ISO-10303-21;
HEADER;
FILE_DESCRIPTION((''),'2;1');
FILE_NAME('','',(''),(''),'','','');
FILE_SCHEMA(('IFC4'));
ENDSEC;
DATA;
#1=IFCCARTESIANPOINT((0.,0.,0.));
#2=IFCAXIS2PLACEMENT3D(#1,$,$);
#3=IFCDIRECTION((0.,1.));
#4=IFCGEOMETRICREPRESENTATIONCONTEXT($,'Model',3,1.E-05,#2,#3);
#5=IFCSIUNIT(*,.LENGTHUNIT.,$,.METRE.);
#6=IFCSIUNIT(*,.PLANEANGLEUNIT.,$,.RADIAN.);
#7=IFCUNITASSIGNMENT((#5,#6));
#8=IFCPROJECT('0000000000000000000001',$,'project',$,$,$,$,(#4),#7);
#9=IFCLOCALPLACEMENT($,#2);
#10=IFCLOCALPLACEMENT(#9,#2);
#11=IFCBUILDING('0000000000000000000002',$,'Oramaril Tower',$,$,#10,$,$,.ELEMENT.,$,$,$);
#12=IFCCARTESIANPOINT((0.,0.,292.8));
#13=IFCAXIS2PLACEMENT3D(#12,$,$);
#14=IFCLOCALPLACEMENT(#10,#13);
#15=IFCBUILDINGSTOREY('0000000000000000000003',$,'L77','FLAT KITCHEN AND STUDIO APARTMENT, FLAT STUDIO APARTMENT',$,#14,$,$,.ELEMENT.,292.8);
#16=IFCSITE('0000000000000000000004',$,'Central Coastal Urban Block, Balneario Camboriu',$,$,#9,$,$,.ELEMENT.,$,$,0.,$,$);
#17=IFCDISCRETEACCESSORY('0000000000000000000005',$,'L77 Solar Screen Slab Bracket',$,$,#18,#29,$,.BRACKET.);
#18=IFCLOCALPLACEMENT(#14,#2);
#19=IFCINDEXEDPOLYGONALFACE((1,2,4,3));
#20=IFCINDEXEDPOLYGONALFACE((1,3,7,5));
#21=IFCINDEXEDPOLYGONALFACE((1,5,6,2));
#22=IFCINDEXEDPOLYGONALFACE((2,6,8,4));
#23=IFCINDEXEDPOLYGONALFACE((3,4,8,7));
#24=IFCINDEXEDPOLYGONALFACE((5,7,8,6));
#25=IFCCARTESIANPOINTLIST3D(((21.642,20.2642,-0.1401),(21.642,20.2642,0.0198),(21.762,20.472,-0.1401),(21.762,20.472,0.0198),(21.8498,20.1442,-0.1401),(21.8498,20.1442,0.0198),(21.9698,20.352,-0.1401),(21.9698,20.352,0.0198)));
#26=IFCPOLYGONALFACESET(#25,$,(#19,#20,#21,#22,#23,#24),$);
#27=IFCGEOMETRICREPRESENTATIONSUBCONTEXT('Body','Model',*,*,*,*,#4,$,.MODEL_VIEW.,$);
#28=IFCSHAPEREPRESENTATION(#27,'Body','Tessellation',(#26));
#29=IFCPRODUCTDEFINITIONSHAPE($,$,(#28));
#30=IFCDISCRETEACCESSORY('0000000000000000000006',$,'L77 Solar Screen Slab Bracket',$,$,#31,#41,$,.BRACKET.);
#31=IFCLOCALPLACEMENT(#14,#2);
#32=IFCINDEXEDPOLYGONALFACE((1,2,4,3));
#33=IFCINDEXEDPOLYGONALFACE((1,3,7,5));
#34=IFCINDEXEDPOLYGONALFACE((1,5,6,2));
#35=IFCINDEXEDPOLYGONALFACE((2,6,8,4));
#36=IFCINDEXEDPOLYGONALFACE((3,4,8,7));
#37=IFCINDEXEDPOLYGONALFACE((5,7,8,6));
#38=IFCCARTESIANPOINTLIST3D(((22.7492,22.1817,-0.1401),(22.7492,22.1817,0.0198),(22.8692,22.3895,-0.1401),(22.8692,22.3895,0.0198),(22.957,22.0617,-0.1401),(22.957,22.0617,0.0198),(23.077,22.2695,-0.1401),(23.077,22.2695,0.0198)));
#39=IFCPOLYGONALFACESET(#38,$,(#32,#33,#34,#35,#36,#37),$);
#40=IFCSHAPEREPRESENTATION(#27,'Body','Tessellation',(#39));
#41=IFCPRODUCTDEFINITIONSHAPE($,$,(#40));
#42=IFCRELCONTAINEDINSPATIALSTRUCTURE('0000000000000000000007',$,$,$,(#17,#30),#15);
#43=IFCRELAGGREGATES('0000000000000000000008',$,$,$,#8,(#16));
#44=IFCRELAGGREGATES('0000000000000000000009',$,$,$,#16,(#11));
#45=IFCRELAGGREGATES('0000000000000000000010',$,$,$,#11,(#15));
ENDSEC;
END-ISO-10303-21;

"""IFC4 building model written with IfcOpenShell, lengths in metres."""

from ifc_helpers import new_model, si_unit, direction, frame, origin, origin_2d, place, context, subcontext, project, spatial, rectangle, extrude, element, save


model = new_model("IFC4")

# Units and contexts
model_context = context("Model", 3, precision=1e-05, world=origin(), true_north=direction((0.0, 1.0)))
body_context = subcontext(model_context, "Body", "Model", "MODEL_VIEW")
ifc_project = project(units=[si_unit("LENGTHUNIT", "METRE"), si_unit("PLANEANGLEUNIT", "RADIAN")], contexts=[model_context])

# Site, building, storey
site_placement = place(None, origin())
site = spatial("IfcSite", under=ifc_project, at=site_placement, Name="Central Coastal Urban Block, Balneario Camboriu", CompositionType="ELEMENT", RefElevation=0.0)
building_placement = place(site_placement, origin())
building = spatial("IfcBuilding", under=site, at=building_placement, Name="Oramaril Tower", CompositionType="ELEMENT")
storey_placement = place(building_placement, frame((0.0, 0.0, 292.8)))
storey = spatial("IfcBuildingStorey", under=building, at=storey_placement, Name="L77", Description="FLAT KITCHEN AND STUDIO APARTMENT, FLAT STUDIO APARTMENT", CompositionType="ELEMENT", Elevation=292.8)

# Discrete accessories
for number, where, z_axis, x_axis, name in (
    (1, (21.8059, 20.3081, -0.1401), (0.0, 0.0, 1.0), (-0.5, -0.866025, 0.0), "L77 Solar Screen Slab Bracket"),
    (2, (22.9131, 22.2256, -0.1401), (0.0, 0.0, 1.0), (-0.5, -0.866025, 0.0), "L77 Solar Screen Slab Bracket"),
):
    element("IfcDiscreteAccessory", number, at=place(storey_placement, frame(where, z_axis=z_axis, x_axis=x_axis)), inside=storey, Name=name, PredefinedType="BRACKET", context=body_context, shape_type="SweptSolid", body=[
        extrude(rectangle(XDim=0.24, YDim=0.24, at=origin_2d()), origin(), (0.0, 0.0, 1.0), 0.1599),
    ])

save(model, "model.ifc")
